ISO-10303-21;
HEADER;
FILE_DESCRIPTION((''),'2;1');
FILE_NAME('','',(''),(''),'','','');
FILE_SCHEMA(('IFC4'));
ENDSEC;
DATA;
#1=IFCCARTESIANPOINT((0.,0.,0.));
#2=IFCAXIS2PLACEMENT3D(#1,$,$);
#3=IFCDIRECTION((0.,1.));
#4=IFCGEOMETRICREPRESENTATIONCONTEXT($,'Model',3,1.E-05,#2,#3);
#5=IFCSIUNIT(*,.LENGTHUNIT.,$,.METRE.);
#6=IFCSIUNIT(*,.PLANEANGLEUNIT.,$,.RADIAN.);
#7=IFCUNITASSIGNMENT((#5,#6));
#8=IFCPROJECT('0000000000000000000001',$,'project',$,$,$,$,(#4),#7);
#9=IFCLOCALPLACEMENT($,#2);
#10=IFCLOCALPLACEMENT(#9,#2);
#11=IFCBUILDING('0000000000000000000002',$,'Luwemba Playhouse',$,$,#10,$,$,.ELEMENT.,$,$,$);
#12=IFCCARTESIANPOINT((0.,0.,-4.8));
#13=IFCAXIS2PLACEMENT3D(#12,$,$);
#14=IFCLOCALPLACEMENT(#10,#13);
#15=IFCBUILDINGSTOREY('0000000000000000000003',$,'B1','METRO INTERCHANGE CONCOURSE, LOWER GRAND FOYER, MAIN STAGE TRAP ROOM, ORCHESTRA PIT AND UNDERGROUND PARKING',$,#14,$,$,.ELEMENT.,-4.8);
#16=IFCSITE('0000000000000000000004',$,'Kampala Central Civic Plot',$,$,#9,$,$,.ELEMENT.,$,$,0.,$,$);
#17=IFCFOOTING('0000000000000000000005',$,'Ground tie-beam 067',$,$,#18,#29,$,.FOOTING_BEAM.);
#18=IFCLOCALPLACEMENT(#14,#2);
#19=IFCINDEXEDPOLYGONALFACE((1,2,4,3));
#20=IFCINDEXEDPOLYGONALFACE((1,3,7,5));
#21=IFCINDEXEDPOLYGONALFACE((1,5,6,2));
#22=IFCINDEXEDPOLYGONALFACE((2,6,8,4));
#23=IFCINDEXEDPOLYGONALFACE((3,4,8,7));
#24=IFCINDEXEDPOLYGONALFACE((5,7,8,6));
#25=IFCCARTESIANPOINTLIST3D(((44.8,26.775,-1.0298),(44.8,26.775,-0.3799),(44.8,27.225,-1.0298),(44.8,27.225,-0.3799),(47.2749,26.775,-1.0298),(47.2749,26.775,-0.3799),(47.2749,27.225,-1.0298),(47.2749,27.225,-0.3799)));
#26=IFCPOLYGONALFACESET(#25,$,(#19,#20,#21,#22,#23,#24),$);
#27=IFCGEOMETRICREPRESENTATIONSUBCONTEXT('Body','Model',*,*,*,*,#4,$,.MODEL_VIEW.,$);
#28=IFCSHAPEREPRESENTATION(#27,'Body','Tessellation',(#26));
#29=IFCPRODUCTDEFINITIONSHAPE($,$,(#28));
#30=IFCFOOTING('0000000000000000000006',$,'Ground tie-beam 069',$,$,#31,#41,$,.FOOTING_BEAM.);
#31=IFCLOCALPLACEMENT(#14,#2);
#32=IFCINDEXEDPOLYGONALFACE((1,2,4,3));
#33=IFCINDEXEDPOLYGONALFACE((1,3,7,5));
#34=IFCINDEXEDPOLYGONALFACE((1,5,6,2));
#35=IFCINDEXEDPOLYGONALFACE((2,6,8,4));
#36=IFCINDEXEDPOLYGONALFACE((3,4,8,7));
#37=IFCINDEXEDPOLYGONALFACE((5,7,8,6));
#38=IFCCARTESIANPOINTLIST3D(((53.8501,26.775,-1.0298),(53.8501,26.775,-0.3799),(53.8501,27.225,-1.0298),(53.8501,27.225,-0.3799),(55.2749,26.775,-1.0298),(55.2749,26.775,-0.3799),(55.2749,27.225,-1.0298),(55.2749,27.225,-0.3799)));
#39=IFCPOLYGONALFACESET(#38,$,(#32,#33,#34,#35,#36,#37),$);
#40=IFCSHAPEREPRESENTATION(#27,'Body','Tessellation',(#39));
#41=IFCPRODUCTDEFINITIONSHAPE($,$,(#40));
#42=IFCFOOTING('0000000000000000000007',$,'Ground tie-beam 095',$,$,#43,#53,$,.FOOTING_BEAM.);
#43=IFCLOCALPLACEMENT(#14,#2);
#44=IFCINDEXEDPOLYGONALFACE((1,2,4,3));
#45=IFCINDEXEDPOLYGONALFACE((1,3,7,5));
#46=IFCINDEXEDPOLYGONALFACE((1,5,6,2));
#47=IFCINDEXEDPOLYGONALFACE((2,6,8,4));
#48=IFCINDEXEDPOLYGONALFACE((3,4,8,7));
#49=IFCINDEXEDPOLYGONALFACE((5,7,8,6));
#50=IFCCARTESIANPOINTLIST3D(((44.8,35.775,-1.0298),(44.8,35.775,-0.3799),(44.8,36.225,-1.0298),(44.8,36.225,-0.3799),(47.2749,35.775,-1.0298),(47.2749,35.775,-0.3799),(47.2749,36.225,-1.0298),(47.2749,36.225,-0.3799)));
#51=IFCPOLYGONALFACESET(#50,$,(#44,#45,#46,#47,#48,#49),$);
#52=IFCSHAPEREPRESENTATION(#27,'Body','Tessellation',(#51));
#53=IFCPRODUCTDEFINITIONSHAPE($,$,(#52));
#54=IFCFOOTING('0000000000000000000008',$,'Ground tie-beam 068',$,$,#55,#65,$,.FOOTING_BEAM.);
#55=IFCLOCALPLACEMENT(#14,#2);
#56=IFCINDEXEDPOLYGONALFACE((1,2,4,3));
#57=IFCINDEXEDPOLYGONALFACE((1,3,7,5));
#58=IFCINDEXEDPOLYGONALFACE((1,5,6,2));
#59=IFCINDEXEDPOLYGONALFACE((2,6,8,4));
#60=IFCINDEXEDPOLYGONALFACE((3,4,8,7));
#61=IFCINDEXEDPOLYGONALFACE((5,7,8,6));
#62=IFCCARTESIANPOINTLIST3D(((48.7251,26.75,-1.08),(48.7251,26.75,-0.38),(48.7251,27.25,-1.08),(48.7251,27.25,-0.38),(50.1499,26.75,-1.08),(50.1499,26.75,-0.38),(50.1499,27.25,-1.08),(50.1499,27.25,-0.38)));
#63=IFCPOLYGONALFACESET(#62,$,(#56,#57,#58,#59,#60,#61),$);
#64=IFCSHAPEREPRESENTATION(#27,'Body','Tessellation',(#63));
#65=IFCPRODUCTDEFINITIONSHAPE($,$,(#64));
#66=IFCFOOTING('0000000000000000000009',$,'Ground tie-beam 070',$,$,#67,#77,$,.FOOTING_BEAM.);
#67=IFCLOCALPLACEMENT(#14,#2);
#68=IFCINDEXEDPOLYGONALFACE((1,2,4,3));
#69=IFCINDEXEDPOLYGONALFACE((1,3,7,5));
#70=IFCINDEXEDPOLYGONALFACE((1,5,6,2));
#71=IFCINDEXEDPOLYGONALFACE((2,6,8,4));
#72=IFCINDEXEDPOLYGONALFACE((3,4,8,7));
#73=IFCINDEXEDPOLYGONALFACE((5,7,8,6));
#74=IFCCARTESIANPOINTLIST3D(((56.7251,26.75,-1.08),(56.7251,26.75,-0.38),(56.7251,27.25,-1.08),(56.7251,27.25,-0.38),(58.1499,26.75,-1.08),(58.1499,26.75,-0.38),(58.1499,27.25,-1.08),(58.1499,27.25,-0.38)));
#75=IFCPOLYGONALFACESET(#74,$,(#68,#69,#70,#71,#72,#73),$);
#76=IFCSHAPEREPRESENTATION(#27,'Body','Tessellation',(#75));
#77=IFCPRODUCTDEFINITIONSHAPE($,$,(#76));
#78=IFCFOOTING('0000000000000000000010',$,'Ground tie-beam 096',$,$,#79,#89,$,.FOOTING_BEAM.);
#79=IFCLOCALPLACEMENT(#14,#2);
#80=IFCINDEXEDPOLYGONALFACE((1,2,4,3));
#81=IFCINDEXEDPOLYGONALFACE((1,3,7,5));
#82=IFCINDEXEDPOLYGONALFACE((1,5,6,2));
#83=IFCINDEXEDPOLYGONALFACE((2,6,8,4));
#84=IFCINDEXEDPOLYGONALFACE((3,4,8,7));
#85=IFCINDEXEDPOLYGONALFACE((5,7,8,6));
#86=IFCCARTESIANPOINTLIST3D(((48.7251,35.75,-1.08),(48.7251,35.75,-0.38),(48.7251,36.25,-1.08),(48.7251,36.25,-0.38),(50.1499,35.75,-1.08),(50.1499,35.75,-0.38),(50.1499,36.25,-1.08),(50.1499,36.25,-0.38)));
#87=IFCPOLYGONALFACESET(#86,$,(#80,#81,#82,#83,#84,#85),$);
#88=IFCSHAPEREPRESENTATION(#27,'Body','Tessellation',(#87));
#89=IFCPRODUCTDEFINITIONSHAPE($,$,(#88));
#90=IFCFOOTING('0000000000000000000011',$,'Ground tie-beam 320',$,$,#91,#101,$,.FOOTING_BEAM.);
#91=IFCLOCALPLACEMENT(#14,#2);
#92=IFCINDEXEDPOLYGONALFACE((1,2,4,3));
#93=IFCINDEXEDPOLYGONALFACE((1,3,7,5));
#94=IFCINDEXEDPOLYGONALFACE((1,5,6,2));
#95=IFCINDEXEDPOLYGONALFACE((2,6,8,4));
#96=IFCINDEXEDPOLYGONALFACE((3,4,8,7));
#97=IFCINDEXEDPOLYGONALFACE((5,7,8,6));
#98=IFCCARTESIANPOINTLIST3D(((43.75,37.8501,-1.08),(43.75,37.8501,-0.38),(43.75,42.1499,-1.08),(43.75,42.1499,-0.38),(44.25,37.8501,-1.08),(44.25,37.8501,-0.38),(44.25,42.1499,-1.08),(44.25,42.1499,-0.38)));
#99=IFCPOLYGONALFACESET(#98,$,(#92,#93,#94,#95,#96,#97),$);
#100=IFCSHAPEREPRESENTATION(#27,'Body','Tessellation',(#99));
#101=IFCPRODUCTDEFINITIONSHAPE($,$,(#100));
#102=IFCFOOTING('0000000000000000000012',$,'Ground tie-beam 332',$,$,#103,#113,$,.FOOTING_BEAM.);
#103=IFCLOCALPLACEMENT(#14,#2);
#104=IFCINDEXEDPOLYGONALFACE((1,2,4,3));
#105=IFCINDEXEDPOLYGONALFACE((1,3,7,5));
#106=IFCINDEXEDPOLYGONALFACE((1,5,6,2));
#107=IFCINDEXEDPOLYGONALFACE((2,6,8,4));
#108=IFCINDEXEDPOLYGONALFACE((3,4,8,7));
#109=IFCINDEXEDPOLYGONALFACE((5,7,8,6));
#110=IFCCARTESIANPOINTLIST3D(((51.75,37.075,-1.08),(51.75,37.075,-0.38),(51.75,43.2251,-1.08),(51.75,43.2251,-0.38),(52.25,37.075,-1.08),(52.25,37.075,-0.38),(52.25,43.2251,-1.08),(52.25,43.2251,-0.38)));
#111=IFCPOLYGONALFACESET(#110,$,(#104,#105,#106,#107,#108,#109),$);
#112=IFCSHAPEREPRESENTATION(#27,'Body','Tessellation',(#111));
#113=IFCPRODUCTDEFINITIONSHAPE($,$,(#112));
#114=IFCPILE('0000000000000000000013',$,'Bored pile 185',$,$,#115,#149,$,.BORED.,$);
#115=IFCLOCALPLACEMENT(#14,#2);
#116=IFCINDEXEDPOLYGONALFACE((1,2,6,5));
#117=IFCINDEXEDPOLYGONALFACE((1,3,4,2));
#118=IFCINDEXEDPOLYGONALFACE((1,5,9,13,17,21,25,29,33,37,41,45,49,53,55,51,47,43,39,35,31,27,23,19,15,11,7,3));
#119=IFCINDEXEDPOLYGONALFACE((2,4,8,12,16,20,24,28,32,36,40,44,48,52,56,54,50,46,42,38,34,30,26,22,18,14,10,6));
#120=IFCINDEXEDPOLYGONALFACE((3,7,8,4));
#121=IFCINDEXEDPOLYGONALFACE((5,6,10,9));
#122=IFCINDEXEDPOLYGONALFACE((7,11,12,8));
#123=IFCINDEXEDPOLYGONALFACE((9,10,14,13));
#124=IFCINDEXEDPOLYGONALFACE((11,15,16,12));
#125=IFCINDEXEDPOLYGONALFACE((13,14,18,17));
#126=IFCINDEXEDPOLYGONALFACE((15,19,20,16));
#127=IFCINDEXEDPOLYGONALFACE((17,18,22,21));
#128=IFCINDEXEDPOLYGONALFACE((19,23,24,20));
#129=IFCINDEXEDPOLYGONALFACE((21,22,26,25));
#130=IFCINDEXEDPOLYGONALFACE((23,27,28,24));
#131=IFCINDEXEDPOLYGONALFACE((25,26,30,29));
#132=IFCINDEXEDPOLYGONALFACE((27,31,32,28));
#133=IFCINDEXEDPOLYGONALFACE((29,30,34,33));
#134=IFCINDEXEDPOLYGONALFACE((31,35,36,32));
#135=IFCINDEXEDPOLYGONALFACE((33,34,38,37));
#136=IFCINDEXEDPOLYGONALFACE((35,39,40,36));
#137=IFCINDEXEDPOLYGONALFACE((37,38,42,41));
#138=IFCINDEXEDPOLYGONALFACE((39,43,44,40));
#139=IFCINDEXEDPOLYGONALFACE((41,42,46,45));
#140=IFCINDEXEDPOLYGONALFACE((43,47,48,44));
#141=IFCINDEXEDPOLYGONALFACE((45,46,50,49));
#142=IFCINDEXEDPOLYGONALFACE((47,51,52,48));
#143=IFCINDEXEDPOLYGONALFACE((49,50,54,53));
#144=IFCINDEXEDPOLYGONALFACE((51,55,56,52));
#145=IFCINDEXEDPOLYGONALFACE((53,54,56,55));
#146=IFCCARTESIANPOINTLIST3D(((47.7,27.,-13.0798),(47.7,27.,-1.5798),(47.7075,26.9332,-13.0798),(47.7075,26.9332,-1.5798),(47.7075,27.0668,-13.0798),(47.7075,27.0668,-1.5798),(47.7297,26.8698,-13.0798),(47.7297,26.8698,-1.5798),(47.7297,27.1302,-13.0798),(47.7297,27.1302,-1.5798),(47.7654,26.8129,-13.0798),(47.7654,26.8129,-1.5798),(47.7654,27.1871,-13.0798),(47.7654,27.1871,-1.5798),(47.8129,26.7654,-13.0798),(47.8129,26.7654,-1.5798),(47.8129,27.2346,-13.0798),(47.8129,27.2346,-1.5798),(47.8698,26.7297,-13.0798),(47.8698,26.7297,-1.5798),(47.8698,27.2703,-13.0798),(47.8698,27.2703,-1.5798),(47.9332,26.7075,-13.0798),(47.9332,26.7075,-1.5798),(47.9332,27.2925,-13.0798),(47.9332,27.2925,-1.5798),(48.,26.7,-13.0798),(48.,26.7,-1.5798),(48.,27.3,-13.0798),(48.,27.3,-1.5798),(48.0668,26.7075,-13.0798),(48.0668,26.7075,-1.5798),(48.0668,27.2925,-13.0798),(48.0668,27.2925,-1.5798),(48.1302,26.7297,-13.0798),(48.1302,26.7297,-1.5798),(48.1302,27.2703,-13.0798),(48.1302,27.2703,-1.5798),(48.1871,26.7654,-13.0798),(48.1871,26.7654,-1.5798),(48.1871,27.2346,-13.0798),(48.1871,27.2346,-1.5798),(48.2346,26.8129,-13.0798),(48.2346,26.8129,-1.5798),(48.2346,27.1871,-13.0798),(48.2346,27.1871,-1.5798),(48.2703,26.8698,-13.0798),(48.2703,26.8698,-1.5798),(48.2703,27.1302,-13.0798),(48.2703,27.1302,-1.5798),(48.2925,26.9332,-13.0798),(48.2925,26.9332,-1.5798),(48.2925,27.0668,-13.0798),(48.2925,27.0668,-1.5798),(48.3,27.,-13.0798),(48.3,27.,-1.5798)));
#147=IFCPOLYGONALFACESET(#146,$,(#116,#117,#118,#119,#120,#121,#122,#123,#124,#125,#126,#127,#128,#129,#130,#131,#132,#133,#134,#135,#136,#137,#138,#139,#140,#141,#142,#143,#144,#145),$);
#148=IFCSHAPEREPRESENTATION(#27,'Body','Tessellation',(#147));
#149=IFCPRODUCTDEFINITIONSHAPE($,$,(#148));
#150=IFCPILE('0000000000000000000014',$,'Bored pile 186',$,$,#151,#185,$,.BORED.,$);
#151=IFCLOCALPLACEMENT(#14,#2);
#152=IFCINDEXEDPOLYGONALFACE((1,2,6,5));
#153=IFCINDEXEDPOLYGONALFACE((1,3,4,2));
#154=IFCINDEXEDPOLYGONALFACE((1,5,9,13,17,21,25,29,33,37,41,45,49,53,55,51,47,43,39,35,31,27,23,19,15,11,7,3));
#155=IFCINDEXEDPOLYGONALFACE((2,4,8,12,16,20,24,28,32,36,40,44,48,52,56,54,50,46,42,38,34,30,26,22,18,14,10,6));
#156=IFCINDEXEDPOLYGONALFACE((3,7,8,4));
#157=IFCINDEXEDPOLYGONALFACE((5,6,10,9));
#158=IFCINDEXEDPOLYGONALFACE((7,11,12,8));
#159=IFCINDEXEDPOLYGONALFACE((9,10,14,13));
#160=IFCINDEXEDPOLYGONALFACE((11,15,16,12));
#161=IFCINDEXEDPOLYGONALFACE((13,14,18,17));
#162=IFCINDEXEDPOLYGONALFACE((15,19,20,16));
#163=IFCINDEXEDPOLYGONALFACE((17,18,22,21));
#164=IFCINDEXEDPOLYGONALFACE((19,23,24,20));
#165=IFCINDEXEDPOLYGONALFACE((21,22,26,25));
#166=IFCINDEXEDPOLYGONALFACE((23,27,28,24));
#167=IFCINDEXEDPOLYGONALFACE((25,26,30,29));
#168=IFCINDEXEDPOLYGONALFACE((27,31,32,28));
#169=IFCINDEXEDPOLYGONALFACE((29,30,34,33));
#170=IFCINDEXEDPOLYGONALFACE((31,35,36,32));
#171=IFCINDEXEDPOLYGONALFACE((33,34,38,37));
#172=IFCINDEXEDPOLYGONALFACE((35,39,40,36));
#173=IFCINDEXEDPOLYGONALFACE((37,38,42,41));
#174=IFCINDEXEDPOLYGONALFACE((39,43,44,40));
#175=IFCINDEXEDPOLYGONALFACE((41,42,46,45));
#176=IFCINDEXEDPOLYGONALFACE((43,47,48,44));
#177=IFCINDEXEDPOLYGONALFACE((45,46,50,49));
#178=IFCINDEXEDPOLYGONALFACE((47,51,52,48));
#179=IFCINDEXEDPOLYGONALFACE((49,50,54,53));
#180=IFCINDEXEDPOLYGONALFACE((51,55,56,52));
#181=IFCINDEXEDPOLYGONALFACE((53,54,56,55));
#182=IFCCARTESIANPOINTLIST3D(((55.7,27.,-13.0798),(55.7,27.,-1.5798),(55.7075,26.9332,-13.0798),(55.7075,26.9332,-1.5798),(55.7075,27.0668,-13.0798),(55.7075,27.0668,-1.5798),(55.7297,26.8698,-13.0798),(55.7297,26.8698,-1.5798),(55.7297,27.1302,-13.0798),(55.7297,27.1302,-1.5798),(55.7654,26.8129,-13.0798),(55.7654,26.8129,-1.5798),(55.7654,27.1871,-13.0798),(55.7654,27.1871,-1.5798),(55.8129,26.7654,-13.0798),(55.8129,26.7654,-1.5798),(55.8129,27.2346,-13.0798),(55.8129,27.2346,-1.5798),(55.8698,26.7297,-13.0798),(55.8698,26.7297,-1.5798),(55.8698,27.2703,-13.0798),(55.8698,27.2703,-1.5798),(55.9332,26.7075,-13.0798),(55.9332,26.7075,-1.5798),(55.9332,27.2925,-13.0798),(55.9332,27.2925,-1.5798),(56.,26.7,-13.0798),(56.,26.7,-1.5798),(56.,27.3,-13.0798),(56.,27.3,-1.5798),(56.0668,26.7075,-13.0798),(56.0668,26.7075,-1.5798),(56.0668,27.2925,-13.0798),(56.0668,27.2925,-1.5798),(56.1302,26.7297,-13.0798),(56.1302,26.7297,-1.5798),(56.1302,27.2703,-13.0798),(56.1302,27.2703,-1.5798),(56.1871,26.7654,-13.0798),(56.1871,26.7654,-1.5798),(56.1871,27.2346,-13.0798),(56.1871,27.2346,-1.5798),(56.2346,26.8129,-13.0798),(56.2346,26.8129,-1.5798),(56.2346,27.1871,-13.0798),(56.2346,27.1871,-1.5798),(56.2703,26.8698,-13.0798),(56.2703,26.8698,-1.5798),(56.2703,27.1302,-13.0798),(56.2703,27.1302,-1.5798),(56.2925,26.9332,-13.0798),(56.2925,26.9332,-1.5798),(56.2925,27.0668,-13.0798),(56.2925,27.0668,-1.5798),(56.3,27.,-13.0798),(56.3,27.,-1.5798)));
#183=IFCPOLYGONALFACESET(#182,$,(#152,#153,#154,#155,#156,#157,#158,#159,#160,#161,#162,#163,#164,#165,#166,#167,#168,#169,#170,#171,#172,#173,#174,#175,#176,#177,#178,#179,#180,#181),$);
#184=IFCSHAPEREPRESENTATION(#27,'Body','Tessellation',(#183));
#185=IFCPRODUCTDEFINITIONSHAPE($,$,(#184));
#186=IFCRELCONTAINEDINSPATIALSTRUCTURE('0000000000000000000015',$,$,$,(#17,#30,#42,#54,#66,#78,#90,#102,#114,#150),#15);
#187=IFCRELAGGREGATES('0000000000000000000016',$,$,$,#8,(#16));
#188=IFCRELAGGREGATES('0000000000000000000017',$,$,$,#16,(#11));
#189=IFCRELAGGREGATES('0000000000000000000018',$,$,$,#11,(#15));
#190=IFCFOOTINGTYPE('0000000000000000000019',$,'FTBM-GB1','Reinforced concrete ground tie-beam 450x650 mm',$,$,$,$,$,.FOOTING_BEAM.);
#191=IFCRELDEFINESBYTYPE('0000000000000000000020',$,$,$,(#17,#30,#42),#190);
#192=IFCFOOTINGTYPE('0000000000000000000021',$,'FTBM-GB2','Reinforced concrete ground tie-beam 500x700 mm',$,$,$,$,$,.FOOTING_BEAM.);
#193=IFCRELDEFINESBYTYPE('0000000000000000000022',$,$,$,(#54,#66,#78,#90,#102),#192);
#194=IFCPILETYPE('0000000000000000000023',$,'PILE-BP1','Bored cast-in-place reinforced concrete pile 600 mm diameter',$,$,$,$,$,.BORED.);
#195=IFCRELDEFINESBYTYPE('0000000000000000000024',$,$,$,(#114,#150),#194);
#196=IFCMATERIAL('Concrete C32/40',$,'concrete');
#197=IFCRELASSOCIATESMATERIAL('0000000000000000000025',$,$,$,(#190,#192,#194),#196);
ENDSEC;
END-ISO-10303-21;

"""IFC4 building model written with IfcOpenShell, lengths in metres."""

from ifc_helpers import new_model, si_unit, direction, frame, origin, origin_2d, place, context, subcontext, project, spatial, rectangle, circle, extrude, material, material_profile, profile_set, type_object, element, save


model = new_model("IFC4")

# Units and contexts
model_context = context("Model", 3, precision=1e-05, world=origin(), true_north=direction((0.0, 1.0)))
body_context = subcontext(model_context, "Body", "Model", "MODEL_VIEW")
ifc_project = project(units=[si_unit("LENGTHUNIT", "METRE"), si_unit("PLANEANGLEUNIT", "RADIAN")], contexts=[model_context])

# Site, building, storey
site_placement = place(None, origin())
site = spatial("IfcSite", under=ifc_project, at=site_placement, Name="Kampala Central Civic Plot", CompositionType="ELEMENT", RefElevation=0.0)
building_placement = place(site_placement, origin())
building = spatial("IfcBuilding", under=site, at=building_placement, Name="Luwemba Playhouse", CompositionType="ELEMENT")
storey_placement = place(building_placement, frame((0.0, 0.0, -4.8)))
storey = spatial("IfcBuildingStorey", under=building, at=storey_placement, Name="B1", Description="METRO INTERCHANGE CONCOURSE, LOWER GRAND FOYER, MAIN STAGE TRAP ROOM, ORCHESTRA PIT AND UNDERGROUND PARKING", CompositionType="ELEMENT", Elevation=-4.8)

# Footings
ifc_material_1 = material(Name="Concrete C32/40", Category="concrete")
ifc_material_profile_1 = material_profile(ifc_material_1, rectangle(XDim=0.45, YDim=0.6499, at=origin_2d()))
ifc_profile_set_1 = profile_set([ifc_material_profile_1], Name="Concrete C32/40")
footing_type_1 = type_object("IfcFootingType", Name="FTBM-GB1", Description="Reinforced concrete ground tie-beam 450x650 mm", PredefinedType="FOOTING_BEAM", material=ifc_profile_set_1)
footing_1_placement = place(storey_placement, frame((44.8, 27.0, -0.7048), z_axis=(1.0, 0.0, 0.0), x_axis=(0.0, 1.0, 0.0)))
element("IfcFooting", 1, at=footing_1_placement, inside=storey, type_object=footing_type_1, Name="Ground tie-beam 067", PredefinedType="FOOTING_BEAM", context=body_context, shape_type="SweptSolid", body=[
    extrude(rectangle(XDim=0.45, YDim=0.6499, at=origin_2d()), origin(), (0.0, 0.0, 1.0), 2.4749),
])
footing_2_placement = place(storey_placement, frame((53.8501, 27.0, -0.7048), z_axis=(1.0, 0.0, 0.0), x_axis=(0.0, 1.0, 0.0)))
element("IfcFooting", 2, at=footing_2_placement, inside=storey, type_object=footing_type_1, Name="Ground tie-beam 069", PredefinedType="FOOTING_BEAM", context=body_context, shape_type="SweptSolid", body=[
    extrude(rectangle(XDim=0.45, YDim=0.6499, at=origin_2d()), origin(), (0.0, 0.0, 1.0), 1.4248),
])
footing_3_placement = place(storey_placement, frame((44.8, 36.0, -0.7048), z_axis=(1.0, 0.0, 0.0), x_axis=(0.0, 1.0, 0.0)))
element("IfcFooting", 3, at=footing_3_placement, inside=storey, type_object=footing_type_1, Name="Ground tie-beam 095", PredefinedType="FOOTING_BEAM", context=body_context, shape_type="SweptSolid", body=[
    extrude(rectangle(XDim=0.45, YDim=0.6499, at=origin_2d()), origin(), (0.0, 0.0, 1.0), 2.4749),
])
ifc_material_profile_2 = material_profile(ifc_material_1, rectangle(XDim=0.5, YDim=0.7, at=origin_2d()))
ifc_profile_set_2 = profile_set([ifc_material_profile_2], Name="Concrete C32/40")
footing_type_2 = type_object("IfcFootingType", Name="FTBM-GB2", Description="Reinforced concrete ground tie-beam 500x700 mm", PredefinedType="FOOTING_BEAM", material=ifc_profile_set_2)
for number, where, z_axis, x_axis, name in (
    (4, (48.7251, 27.0, -0.73), (1.0, 0.0, 0.0), (0.0, 1.0, 0.0), "Ground tie-beam 068"),
    (5, (56.7251, 27.0, -0.73), (1.0, 0.0, 0.0), (0.0, 1.0, 0.0), "Ground tie-beam 070"),
    (6, (48.7251, 36.0, -0.73), (1.0, 0.0, 0.0), (0.0, 1.0, 0.0), "Ground tie-beam 096"),
):
    element("IfcFooting", number, at=place(storey_placement, frame(where, z_axis=z_axis, x_axis=x_axis)), inside=storey, type_object=footing_type_2, Name=name, PredefinedType="FOOTING_BEAM", context=body_context, shape_type="SweptSolid", body=[
        extrude(rectangle(XDim=0.5, YDim=0.7, at=origin_2d()), origin(), (0.0, 0.0, 1.0), 1.4248),
    ])
footing_4_placement = place(storey_placement, frame((44.0, 37.8501, -0.73), z_axis=(0.0, 1.0, 0.0), x_axis=(-1.0, 0.0, 0.0)))
element("IfcFooting", 7, at=footing_4_placement, inside=storey, type_object=footing_type_2, Name="Ground tie-beam 320", PredefinedType="FOOTING_BEAM", context=body_context, shape_type="SweptSolid", body=[
    extrude(rectangle(XDim=0.5, YDim=0.7, at=origin_2d()), origin(), (0.0, 0.0, 1.0), 4.2998),
])
footing_5_placement = place(storey_placement, frame((52.0, 37.075, -0.73), z_axis=(0.0, 1.0, 0.0), x_axis=(-1.0, 0.0, 0.0)))
element("IfcFooting", 8, at=footing_5_placement, inside=storey, type_object=footing_type_2, Name="Ground tie-beam 332", PredefinedType="FOOTING_BEAM", context=body_context, shape_type="SweptSolid", body=[
    extrude(rectangle(XDim=0.5, YDim=0.7, at=origin_2d()), origin(), (0.0, 0.0, 1.0), 6.1501),
])

# Piles
ifc_material_profile_3 = material_profile(ifc_material_1, circle(Radius=0.3, at=origin_2d()))
ifc_profile_set_3 = profile_set([ifc_material_profile_3], Name="Concrete C32/40")
pile_type_1 = type_object("IfcPileType", Name="PILE-BP1", Description="Bored cast-in-place reinforced concrete pile 600 mm diameter", PredefinedType="BORED", material=ifc_profile_set_3)
for number, where, z_axis, x_axis, name in (
    (9, (48.0, 27.0, -1.5798), (0.0, 0.0, -1.0), (1.0, 0.0, 0.0), "Bored pile 185"),
    (10, (56.0, 27.0, -1.5798), (0.0, 0.0, -1.0), (1.0, 0.0, 0.0), "Bored pile 186"),
):
    element("IfcPile", number, at=place(storey_placement, frame(where, z_axis=z_axis, x_axis=x_axis)), inside=storey, type_object=pile_type_1, Name=name, PredefinedType="BORED", context=body_context, shape_type="SweptSolid", body=[
        extrude(circle(Radius=0.3, at=origin_2d()), origin(), (0.0, 0.0, 1.0), 11.5),
    ])

save(model, "model.ifc")
